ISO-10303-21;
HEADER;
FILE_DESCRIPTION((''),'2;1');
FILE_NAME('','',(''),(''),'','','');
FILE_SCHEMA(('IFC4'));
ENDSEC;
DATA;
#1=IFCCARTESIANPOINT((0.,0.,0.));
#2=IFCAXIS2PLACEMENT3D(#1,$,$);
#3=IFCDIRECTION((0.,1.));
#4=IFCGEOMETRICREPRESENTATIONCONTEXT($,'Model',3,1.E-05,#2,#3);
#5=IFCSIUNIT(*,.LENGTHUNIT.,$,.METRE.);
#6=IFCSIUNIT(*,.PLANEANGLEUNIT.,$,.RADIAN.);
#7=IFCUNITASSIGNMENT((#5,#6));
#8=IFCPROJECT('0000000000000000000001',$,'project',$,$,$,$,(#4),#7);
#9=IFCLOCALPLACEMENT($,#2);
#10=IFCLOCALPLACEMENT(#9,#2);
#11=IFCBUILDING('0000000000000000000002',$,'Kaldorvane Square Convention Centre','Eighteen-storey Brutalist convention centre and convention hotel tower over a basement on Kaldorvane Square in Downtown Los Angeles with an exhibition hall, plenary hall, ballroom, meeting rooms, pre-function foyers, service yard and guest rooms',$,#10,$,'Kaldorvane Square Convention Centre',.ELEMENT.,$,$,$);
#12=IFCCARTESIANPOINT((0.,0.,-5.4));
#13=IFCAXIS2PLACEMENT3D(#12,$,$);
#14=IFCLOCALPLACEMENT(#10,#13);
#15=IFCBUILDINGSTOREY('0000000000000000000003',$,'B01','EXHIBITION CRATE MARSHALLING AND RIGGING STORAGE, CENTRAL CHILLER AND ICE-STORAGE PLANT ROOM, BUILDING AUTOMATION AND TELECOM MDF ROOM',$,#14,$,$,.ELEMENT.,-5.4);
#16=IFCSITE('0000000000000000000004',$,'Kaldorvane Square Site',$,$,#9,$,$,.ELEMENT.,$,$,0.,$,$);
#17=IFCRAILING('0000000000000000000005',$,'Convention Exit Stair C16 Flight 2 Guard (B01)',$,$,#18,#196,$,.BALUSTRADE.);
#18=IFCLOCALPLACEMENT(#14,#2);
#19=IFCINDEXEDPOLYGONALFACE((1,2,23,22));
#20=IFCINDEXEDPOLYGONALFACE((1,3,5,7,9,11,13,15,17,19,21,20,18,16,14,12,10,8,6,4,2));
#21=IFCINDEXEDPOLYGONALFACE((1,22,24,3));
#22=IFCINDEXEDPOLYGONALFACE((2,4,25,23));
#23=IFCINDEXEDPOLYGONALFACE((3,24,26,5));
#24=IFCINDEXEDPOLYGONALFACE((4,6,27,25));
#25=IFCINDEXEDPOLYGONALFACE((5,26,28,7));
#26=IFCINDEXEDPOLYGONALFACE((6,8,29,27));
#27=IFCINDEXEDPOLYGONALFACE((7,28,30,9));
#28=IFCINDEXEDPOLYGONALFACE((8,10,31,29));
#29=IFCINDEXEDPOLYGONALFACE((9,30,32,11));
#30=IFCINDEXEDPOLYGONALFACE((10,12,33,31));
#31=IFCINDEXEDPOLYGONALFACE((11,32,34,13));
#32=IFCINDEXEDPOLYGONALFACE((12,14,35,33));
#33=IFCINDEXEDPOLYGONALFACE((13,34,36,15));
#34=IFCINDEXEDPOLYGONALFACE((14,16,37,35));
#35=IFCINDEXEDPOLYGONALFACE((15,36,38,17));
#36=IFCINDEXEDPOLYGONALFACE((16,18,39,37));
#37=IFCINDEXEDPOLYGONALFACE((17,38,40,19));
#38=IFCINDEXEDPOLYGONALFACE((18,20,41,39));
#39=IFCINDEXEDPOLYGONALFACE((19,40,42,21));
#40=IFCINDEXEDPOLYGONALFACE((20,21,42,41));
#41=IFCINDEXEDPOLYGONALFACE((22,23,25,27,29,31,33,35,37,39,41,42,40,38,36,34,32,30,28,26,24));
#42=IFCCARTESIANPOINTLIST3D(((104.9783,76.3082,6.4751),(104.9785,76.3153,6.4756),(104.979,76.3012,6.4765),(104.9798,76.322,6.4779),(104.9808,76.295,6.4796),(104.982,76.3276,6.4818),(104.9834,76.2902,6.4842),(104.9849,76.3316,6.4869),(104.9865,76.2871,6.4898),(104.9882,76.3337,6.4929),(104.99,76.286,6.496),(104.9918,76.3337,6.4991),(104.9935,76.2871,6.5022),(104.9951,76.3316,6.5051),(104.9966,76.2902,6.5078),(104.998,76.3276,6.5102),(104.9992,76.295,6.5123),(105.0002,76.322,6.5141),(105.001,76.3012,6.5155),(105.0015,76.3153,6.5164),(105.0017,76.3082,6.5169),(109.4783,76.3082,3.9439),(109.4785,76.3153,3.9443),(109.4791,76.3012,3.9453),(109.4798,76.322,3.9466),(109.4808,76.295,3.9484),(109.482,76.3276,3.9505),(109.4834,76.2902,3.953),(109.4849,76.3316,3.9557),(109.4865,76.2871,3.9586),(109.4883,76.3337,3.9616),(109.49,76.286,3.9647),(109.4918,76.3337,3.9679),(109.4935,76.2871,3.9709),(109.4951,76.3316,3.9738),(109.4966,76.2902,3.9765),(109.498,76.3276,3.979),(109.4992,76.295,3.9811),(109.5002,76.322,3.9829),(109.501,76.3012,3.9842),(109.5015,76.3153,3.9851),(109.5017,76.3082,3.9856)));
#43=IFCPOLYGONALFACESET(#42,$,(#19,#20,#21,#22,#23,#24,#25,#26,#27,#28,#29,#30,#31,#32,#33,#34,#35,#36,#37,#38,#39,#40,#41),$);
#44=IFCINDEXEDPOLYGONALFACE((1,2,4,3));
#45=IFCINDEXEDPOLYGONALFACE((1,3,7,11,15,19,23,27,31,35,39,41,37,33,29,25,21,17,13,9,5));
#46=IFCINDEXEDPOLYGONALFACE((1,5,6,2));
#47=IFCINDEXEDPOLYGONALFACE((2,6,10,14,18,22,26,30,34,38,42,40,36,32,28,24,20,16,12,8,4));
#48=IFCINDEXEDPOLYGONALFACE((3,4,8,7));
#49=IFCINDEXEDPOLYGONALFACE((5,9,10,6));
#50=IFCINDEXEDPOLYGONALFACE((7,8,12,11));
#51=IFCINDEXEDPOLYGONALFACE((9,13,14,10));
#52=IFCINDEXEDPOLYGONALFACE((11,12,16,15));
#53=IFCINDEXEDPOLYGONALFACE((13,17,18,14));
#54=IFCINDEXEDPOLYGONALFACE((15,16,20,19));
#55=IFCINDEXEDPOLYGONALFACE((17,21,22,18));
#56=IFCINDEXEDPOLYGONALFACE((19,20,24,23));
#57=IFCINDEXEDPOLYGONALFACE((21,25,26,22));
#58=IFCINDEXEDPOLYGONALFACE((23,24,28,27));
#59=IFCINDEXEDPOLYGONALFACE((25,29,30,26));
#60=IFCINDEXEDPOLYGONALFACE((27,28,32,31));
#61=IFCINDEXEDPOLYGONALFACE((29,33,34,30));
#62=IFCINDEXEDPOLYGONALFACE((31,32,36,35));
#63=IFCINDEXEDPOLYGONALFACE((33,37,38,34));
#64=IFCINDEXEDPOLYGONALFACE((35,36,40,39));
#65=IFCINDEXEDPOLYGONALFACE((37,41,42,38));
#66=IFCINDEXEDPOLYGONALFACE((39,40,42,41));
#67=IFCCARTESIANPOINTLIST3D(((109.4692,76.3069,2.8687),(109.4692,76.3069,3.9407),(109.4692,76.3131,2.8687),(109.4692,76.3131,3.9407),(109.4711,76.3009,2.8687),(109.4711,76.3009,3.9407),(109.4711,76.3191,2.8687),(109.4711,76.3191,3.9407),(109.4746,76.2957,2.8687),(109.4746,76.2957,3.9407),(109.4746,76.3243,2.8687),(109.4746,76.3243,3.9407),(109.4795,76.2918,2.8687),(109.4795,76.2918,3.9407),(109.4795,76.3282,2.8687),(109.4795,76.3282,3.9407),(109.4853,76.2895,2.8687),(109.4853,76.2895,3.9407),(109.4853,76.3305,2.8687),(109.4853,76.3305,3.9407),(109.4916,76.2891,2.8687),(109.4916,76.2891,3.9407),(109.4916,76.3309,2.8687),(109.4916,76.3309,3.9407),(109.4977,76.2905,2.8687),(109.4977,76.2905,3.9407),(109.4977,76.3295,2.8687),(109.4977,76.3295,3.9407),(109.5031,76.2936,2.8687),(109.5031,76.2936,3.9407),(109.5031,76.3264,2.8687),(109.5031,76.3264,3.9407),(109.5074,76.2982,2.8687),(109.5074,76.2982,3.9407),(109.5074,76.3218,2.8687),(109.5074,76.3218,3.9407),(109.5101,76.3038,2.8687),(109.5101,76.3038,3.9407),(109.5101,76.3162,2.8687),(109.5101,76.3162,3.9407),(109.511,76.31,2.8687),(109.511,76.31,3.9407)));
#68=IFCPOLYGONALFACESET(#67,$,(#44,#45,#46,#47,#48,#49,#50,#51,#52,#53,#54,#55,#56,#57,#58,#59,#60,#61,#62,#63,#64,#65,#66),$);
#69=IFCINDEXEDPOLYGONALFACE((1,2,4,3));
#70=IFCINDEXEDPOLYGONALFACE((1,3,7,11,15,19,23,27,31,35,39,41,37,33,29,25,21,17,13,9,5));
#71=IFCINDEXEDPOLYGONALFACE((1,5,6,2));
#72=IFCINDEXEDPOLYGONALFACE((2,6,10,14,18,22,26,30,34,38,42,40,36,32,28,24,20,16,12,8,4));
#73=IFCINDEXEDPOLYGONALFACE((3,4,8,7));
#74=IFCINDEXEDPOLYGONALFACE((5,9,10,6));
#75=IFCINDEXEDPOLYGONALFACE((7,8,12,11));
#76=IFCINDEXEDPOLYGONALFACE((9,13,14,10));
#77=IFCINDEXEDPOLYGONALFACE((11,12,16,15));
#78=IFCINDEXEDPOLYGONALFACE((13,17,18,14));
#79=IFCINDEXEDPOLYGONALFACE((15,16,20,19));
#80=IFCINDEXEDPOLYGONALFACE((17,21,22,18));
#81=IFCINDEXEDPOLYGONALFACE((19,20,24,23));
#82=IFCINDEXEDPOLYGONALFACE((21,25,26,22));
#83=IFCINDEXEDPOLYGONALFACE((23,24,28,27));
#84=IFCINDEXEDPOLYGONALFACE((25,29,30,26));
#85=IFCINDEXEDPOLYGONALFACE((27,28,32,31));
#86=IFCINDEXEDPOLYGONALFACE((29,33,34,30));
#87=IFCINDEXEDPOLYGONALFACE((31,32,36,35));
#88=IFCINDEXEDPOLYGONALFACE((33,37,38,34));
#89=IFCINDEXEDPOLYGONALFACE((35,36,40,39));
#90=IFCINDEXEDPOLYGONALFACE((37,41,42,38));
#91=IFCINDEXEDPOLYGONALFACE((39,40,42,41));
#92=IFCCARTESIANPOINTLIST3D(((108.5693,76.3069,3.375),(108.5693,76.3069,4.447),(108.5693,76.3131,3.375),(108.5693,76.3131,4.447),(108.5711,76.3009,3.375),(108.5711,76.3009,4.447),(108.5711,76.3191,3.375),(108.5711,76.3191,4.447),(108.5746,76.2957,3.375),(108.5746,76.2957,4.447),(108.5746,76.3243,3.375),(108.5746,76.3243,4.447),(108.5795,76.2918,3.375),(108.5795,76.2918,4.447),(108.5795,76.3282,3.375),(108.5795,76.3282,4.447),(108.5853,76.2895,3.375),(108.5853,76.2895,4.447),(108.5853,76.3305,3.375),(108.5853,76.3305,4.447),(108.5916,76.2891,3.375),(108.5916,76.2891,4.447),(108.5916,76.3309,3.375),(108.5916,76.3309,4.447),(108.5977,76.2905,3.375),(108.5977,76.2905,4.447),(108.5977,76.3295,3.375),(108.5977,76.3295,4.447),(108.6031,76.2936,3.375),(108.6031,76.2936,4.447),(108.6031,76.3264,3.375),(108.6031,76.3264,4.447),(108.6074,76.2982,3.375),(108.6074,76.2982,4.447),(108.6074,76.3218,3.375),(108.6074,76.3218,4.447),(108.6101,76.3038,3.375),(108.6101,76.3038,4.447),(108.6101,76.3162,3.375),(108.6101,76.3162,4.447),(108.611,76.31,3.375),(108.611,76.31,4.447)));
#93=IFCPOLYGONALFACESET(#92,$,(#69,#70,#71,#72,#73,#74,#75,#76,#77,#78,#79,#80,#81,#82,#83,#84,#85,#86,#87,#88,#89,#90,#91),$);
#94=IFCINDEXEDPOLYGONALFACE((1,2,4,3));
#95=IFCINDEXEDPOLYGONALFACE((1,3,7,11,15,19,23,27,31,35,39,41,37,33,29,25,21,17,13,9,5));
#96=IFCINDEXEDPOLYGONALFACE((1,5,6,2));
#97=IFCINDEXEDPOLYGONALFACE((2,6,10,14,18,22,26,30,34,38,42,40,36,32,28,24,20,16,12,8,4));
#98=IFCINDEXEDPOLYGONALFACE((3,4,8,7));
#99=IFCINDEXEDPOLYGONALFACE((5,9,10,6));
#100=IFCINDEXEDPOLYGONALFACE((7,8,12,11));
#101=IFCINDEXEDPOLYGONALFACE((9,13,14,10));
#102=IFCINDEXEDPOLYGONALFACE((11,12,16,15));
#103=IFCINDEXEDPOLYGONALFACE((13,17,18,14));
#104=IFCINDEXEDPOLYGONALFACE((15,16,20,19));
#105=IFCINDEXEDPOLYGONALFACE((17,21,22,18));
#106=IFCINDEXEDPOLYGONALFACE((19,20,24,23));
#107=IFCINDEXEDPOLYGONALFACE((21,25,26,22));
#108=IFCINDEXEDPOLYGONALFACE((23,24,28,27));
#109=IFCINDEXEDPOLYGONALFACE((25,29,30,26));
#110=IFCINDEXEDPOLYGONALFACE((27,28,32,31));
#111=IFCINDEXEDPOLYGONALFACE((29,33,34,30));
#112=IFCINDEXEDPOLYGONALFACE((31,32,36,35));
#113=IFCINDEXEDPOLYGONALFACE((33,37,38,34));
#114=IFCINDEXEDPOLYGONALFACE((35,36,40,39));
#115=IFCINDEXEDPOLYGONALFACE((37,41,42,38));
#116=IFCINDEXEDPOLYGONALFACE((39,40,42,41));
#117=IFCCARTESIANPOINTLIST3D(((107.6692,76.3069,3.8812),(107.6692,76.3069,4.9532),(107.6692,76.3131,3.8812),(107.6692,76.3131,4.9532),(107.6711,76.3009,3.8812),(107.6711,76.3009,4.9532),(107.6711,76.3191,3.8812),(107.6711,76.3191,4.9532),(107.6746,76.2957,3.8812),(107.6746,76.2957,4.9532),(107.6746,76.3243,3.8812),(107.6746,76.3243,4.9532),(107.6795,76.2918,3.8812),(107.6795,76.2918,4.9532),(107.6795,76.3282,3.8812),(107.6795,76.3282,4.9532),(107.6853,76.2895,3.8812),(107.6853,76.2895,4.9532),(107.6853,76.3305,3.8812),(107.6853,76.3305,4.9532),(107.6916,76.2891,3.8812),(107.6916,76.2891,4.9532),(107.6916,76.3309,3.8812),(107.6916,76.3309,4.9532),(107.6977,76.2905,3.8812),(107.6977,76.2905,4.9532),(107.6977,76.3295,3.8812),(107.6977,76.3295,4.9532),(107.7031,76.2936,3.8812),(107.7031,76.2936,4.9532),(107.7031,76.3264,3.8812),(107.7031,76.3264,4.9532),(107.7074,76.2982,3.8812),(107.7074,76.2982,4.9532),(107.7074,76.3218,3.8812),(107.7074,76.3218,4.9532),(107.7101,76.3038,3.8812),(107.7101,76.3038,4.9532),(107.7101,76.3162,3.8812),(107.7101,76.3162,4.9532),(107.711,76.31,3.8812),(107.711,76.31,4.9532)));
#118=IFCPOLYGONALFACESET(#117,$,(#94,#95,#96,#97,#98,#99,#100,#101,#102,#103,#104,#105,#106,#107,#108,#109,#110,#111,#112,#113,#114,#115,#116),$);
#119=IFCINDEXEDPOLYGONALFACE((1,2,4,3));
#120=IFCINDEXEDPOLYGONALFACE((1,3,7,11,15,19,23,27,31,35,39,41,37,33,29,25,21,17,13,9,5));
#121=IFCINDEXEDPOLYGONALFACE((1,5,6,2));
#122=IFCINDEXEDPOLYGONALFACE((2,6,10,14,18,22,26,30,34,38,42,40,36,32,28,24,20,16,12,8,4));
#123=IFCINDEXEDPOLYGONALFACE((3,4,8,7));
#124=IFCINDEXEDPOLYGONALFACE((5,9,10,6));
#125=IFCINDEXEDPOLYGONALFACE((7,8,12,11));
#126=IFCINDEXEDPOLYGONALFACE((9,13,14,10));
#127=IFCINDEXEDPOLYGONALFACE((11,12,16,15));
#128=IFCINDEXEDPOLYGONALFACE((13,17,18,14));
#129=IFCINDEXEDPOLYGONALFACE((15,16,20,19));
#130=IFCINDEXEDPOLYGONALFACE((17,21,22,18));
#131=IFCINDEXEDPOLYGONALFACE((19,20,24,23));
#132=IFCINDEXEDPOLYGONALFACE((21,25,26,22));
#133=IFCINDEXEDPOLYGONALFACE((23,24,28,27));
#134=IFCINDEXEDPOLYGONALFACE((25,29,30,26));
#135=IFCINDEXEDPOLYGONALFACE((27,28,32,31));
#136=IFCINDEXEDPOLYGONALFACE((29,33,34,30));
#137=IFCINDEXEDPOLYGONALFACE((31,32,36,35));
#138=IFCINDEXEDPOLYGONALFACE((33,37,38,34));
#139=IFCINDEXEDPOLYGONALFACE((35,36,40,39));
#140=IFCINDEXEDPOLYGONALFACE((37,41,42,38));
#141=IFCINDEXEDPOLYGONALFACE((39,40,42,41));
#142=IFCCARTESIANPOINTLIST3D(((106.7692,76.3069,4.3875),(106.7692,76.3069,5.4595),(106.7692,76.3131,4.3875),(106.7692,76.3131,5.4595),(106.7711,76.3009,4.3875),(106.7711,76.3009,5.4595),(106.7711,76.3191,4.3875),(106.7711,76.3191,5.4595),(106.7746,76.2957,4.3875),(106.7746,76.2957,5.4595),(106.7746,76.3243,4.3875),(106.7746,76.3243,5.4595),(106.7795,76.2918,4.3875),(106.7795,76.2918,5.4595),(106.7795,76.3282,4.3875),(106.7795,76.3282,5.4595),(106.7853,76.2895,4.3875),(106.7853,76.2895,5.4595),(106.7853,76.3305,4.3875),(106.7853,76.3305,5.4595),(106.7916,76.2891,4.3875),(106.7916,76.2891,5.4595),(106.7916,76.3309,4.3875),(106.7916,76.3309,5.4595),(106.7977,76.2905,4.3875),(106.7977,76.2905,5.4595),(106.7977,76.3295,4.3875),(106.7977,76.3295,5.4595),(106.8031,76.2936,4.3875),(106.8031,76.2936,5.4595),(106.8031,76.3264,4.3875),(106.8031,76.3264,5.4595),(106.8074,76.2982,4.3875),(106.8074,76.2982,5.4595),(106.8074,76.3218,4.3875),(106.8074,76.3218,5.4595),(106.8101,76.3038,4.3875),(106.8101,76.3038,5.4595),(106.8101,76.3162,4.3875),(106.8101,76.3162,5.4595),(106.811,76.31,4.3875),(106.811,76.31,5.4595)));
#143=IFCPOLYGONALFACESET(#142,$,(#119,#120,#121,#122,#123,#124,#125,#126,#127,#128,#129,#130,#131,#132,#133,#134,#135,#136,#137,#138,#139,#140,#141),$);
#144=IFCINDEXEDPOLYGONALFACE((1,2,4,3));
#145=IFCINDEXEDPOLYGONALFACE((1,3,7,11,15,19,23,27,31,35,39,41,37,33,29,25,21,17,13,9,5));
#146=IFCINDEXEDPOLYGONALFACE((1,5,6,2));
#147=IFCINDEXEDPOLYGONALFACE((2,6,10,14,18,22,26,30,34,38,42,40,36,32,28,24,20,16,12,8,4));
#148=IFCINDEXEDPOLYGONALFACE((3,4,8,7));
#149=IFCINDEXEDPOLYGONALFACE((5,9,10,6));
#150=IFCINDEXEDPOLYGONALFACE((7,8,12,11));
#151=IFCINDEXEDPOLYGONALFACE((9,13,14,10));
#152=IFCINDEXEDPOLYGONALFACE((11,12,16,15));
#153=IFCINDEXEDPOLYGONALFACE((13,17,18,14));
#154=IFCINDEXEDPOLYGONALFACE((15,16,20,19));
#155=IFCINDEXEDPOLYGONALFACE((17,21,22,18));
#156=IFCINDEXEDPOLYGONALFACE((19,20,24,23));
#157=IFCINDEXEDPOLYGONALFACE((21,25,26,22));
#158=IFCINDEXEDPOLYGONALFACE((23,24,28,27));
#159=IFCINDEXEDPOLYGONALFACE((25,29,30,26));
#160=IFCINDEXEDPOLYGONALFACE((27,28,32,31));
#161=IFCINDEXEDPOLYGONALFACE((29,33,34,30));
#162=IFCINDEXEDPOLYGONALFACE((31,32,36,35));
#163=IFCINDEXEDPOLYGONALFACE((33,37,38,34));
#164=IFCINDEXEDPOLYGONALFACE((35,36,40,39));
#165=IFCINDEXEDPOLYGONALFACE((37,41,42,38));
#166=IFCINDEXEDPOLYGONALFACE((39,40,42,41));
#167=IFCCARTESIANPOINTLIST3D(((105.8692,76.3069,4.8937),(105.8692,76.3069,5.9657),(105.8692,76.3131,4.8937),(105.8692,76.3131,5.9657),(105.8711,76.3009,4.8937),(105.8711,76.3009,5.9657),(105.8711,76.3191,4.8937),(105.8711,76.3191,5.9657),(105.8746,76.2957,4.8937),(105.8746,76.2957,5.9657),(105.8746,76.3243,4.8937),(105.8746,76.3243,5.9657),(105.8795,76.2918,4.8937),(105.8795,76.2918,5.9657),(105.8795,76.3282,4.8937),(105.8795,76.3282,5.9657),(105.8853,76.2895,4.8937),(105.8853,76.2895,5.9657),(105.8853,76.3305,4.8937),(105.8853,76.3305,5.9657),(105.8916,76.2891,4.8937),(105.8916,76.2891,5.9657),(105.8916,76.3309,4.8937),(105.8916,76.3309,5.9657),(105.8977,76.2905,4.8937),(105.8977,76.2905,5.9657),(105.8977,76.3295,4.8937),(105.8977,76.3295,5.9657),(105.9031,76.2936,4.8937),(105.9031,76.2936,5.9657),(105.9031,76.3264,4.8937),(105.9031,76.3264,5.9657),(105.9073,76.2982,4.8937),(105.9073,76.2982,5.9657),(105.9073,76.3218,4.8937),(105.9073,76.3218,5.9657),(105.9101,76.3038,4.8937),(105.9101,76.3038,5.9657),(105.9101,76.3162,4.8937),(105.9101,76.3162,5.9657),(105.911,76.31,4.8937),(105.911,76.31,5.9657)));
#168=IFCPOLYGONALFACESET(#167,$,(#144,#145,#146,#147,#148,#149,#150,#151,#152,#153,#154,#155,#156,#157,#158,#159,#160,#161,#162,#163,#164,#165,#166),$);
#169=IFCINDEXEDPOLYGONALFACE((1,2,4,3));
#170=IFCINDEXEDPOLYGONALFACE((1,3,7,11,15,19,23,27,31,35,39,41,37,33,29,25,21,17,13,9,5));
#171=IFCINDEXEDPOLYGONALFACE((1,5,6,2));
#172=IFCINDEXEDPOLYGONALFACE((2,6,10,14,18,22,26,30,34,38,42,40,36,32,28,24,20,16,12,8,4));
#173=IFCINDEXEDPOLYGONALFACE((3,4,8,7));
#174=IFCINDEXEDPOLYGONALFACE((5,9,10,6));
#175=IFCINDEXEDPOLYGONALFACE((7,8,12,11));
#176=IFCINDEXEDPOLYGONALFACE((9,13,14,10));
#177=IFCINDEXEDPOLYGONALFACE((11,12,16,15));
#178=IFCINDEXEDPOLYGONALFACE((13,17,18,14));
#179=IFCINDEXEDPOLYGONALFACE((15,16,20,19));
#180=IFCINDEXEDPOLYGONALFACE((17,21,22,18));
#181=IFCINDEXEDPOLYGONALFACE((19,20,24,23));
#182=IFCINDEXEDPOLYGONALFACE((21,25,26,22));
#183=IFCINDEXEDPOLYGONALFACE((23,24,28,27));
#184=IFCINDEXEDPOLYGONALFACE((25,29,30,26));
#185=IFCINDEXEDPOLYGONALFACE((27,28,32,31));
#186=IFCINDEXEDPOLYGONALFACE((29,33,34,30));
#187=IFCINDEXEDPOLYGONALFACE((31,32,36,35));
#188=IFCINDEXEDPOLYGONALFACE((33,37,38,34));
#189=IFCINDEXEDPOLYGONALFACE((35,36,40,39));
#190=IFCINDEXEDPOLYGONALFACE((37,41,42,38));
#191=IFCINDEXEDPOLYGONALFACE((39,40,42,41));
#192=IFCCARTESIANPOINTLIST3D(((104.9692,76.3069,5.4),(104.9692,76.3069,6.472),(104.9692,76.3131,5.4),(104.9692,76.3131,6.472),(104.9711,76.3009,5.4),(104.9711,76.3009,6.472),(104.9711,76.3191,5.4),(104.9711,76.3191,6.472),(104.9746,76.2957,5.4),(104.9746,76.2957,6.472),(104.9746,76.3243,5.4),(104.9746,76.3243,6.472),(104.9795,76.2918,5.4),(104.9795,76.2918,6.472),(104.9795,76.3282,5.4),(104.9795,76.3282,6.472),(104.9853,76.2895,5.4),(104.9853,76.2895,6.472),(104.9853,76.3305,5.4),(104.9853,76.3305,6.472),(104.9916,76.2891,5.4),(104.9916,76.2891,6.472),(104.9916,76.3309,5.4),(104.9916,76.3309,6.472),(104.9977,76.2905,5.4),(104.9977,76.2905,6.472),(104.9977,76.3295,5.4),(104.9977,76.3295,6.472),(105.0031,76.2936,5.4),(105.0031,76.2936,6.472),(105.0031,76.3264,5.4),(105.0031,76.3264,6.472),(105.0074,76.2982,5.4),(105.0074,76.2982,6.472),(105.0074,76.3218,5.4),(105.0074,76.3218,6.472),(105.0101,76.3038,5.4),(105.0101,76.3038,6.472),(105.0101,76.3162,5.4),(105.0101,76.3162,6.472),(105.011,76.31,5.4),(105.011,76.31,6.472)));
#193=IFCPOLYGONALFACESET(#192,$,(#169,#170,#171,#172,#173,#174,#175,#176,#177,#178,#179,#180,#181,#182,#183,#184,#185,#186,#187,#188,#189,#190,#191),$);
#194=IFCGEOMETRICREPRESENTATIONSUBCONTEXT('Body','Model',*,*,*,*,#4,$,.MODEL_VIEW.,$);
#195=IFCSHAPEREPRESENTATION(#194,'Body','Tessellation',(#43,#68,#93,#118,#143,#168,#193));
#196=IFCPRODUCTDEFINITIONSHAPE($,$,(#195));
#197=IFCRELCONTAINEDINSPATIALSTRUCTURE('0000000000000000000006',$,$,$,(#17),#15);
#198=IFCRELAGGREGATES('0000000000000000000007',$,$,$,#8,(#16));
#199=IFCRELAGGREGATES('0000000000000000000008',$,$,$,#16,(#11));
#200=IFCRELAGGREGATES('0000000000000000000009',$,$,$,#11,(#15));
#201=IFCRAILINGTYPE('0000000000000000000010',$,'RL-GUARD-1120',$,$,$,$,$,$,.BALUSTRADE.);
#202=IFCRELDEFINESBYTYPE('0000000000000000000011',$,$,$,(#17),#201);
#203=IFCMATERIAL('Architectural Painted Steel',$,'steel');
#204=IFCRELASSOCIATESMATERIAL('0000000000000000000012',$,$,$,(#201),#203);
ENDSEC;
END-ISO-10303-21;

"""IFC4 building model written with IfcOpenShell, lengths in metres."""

from ifc_helpers import new_model, si_unit, direction, frame, origin, origin_2d, place, context, subcontext, project, spatial, circle, extrude, material, type_object, element, save


model = new_model("IFC4")

# Units and contexts
model_context = context("Model", 3, precision=1e-05, world=origin(), true_north=direction((0.0, 1.0)))
body_context = subcontext(model_context, "Body", "Model", "MODEL_VIEW")
ifc_project = project(units=[si_unit("LENGTHUNIT", "METRE"), si_unit("PLANEANGLEUNIT", "RADIAN")], contexts=[model_context])

# Site, building, storey
site_placement = place(None, origin())
site = spatial("IfcSite", under=ifc_project, at=site_placement, Name="Kaldorvane Square Site", CompositionType="ELEMENT", RefElevation=0.0)
building_placement = place(site_placement, origin())
building = spatial("IfcBuilding", under=site, at=building_placement, Name="Kaldorvane Square Convention Centre", Description="Eighteen-storey Brutalist convention centre and convention hotel tower over a basement on Kaldorvane Square in Downtown Los Angeles with an exhibition hall, plenary hall, ballroom, meeting rooms, pre-function foyers, service yard and guest rooms", LongName="Kaldorvane Square Convention Centre", CompositionType="ELEMENT")
storey_placement = place(building_placement, frame((0.0, 0.0, -5.4)))
storey = spatial("IfcBuildingStorey", under=building, at=storey_placement, Name="B01", Description="EXHIBITION CRATE MARSHALLING AND RIGGING STORAGE, CENTRAL CHILLER AND ICE-STORAGE PLANT ROOM, BUILDING AUTOMATION AND TELECOM MDF ROOM", CompositionType="ELEMENT", Elevation=-5.4)

# Railing
ifc_material_1 = material(Name="Architectural Painted Steel", Category="steel")
railing_type_1 = type_object("IfcRailingType", Name="RL-GUARD-1120", PredefinedType="BALUSTRADE", material=ifc_material_1)
railing_1_placement = place(storey_placement, frame((109.49, 76.31, 2.8687)))
element("IfcRailing", 1, at=railing_1_placement, inside=storey, type_object=railing_type_1, Name="Convention Exit Stair C16 Flight 2 Guard (B01)", PredefinedType="BALUSTRADE", context=body_context, shape_type="SweptSolid", body=[
    extrude(circle(Radius=0.024, at=origin_2d()), frame((0.0, 0.0, 1.096), z_axis=(-0.871576, 0.0, 0.490261), x_axis=(0.0, -1.0, 0.0)), (0.0, 0.0, 1.0), 5.1631),
    extrude(circle(Radius=0.021, at=origin_2d()), origin(), (0.0, 0.0, 1.0), 1.072),
    extrude(circle(Radius=0.021, at=origin_2d()), frame((-0.9, 0.0, 0.5063)), (0.0, 0.0, 1.0), 1.072),
    extrude(circle(Radius=0.021, at=origin_2d()), frame((-1.8, 0.0, 1.0125)), (0.0, 0.0, 1.0), 1.072),
    extrude(circle(Radius=0.021, at=origin_2d()), frame((-2.7, 0.0, 1.5188)), (0.0, 0.0, 1.0), 1.072),
    extrude(circle(Radius=0.021, at=origin_2d()), frame((-3.6, 0.0, 2.025)), (0.0, 0.0, 1.0), 1.072),
    extrude(circle(Radius=0.021, at=origin_2d()), frame((-4.5, 0.0, 2.5312)), (0.0, 0.0, 1.0), 1.072),
])

save(model, "model.ifc")
